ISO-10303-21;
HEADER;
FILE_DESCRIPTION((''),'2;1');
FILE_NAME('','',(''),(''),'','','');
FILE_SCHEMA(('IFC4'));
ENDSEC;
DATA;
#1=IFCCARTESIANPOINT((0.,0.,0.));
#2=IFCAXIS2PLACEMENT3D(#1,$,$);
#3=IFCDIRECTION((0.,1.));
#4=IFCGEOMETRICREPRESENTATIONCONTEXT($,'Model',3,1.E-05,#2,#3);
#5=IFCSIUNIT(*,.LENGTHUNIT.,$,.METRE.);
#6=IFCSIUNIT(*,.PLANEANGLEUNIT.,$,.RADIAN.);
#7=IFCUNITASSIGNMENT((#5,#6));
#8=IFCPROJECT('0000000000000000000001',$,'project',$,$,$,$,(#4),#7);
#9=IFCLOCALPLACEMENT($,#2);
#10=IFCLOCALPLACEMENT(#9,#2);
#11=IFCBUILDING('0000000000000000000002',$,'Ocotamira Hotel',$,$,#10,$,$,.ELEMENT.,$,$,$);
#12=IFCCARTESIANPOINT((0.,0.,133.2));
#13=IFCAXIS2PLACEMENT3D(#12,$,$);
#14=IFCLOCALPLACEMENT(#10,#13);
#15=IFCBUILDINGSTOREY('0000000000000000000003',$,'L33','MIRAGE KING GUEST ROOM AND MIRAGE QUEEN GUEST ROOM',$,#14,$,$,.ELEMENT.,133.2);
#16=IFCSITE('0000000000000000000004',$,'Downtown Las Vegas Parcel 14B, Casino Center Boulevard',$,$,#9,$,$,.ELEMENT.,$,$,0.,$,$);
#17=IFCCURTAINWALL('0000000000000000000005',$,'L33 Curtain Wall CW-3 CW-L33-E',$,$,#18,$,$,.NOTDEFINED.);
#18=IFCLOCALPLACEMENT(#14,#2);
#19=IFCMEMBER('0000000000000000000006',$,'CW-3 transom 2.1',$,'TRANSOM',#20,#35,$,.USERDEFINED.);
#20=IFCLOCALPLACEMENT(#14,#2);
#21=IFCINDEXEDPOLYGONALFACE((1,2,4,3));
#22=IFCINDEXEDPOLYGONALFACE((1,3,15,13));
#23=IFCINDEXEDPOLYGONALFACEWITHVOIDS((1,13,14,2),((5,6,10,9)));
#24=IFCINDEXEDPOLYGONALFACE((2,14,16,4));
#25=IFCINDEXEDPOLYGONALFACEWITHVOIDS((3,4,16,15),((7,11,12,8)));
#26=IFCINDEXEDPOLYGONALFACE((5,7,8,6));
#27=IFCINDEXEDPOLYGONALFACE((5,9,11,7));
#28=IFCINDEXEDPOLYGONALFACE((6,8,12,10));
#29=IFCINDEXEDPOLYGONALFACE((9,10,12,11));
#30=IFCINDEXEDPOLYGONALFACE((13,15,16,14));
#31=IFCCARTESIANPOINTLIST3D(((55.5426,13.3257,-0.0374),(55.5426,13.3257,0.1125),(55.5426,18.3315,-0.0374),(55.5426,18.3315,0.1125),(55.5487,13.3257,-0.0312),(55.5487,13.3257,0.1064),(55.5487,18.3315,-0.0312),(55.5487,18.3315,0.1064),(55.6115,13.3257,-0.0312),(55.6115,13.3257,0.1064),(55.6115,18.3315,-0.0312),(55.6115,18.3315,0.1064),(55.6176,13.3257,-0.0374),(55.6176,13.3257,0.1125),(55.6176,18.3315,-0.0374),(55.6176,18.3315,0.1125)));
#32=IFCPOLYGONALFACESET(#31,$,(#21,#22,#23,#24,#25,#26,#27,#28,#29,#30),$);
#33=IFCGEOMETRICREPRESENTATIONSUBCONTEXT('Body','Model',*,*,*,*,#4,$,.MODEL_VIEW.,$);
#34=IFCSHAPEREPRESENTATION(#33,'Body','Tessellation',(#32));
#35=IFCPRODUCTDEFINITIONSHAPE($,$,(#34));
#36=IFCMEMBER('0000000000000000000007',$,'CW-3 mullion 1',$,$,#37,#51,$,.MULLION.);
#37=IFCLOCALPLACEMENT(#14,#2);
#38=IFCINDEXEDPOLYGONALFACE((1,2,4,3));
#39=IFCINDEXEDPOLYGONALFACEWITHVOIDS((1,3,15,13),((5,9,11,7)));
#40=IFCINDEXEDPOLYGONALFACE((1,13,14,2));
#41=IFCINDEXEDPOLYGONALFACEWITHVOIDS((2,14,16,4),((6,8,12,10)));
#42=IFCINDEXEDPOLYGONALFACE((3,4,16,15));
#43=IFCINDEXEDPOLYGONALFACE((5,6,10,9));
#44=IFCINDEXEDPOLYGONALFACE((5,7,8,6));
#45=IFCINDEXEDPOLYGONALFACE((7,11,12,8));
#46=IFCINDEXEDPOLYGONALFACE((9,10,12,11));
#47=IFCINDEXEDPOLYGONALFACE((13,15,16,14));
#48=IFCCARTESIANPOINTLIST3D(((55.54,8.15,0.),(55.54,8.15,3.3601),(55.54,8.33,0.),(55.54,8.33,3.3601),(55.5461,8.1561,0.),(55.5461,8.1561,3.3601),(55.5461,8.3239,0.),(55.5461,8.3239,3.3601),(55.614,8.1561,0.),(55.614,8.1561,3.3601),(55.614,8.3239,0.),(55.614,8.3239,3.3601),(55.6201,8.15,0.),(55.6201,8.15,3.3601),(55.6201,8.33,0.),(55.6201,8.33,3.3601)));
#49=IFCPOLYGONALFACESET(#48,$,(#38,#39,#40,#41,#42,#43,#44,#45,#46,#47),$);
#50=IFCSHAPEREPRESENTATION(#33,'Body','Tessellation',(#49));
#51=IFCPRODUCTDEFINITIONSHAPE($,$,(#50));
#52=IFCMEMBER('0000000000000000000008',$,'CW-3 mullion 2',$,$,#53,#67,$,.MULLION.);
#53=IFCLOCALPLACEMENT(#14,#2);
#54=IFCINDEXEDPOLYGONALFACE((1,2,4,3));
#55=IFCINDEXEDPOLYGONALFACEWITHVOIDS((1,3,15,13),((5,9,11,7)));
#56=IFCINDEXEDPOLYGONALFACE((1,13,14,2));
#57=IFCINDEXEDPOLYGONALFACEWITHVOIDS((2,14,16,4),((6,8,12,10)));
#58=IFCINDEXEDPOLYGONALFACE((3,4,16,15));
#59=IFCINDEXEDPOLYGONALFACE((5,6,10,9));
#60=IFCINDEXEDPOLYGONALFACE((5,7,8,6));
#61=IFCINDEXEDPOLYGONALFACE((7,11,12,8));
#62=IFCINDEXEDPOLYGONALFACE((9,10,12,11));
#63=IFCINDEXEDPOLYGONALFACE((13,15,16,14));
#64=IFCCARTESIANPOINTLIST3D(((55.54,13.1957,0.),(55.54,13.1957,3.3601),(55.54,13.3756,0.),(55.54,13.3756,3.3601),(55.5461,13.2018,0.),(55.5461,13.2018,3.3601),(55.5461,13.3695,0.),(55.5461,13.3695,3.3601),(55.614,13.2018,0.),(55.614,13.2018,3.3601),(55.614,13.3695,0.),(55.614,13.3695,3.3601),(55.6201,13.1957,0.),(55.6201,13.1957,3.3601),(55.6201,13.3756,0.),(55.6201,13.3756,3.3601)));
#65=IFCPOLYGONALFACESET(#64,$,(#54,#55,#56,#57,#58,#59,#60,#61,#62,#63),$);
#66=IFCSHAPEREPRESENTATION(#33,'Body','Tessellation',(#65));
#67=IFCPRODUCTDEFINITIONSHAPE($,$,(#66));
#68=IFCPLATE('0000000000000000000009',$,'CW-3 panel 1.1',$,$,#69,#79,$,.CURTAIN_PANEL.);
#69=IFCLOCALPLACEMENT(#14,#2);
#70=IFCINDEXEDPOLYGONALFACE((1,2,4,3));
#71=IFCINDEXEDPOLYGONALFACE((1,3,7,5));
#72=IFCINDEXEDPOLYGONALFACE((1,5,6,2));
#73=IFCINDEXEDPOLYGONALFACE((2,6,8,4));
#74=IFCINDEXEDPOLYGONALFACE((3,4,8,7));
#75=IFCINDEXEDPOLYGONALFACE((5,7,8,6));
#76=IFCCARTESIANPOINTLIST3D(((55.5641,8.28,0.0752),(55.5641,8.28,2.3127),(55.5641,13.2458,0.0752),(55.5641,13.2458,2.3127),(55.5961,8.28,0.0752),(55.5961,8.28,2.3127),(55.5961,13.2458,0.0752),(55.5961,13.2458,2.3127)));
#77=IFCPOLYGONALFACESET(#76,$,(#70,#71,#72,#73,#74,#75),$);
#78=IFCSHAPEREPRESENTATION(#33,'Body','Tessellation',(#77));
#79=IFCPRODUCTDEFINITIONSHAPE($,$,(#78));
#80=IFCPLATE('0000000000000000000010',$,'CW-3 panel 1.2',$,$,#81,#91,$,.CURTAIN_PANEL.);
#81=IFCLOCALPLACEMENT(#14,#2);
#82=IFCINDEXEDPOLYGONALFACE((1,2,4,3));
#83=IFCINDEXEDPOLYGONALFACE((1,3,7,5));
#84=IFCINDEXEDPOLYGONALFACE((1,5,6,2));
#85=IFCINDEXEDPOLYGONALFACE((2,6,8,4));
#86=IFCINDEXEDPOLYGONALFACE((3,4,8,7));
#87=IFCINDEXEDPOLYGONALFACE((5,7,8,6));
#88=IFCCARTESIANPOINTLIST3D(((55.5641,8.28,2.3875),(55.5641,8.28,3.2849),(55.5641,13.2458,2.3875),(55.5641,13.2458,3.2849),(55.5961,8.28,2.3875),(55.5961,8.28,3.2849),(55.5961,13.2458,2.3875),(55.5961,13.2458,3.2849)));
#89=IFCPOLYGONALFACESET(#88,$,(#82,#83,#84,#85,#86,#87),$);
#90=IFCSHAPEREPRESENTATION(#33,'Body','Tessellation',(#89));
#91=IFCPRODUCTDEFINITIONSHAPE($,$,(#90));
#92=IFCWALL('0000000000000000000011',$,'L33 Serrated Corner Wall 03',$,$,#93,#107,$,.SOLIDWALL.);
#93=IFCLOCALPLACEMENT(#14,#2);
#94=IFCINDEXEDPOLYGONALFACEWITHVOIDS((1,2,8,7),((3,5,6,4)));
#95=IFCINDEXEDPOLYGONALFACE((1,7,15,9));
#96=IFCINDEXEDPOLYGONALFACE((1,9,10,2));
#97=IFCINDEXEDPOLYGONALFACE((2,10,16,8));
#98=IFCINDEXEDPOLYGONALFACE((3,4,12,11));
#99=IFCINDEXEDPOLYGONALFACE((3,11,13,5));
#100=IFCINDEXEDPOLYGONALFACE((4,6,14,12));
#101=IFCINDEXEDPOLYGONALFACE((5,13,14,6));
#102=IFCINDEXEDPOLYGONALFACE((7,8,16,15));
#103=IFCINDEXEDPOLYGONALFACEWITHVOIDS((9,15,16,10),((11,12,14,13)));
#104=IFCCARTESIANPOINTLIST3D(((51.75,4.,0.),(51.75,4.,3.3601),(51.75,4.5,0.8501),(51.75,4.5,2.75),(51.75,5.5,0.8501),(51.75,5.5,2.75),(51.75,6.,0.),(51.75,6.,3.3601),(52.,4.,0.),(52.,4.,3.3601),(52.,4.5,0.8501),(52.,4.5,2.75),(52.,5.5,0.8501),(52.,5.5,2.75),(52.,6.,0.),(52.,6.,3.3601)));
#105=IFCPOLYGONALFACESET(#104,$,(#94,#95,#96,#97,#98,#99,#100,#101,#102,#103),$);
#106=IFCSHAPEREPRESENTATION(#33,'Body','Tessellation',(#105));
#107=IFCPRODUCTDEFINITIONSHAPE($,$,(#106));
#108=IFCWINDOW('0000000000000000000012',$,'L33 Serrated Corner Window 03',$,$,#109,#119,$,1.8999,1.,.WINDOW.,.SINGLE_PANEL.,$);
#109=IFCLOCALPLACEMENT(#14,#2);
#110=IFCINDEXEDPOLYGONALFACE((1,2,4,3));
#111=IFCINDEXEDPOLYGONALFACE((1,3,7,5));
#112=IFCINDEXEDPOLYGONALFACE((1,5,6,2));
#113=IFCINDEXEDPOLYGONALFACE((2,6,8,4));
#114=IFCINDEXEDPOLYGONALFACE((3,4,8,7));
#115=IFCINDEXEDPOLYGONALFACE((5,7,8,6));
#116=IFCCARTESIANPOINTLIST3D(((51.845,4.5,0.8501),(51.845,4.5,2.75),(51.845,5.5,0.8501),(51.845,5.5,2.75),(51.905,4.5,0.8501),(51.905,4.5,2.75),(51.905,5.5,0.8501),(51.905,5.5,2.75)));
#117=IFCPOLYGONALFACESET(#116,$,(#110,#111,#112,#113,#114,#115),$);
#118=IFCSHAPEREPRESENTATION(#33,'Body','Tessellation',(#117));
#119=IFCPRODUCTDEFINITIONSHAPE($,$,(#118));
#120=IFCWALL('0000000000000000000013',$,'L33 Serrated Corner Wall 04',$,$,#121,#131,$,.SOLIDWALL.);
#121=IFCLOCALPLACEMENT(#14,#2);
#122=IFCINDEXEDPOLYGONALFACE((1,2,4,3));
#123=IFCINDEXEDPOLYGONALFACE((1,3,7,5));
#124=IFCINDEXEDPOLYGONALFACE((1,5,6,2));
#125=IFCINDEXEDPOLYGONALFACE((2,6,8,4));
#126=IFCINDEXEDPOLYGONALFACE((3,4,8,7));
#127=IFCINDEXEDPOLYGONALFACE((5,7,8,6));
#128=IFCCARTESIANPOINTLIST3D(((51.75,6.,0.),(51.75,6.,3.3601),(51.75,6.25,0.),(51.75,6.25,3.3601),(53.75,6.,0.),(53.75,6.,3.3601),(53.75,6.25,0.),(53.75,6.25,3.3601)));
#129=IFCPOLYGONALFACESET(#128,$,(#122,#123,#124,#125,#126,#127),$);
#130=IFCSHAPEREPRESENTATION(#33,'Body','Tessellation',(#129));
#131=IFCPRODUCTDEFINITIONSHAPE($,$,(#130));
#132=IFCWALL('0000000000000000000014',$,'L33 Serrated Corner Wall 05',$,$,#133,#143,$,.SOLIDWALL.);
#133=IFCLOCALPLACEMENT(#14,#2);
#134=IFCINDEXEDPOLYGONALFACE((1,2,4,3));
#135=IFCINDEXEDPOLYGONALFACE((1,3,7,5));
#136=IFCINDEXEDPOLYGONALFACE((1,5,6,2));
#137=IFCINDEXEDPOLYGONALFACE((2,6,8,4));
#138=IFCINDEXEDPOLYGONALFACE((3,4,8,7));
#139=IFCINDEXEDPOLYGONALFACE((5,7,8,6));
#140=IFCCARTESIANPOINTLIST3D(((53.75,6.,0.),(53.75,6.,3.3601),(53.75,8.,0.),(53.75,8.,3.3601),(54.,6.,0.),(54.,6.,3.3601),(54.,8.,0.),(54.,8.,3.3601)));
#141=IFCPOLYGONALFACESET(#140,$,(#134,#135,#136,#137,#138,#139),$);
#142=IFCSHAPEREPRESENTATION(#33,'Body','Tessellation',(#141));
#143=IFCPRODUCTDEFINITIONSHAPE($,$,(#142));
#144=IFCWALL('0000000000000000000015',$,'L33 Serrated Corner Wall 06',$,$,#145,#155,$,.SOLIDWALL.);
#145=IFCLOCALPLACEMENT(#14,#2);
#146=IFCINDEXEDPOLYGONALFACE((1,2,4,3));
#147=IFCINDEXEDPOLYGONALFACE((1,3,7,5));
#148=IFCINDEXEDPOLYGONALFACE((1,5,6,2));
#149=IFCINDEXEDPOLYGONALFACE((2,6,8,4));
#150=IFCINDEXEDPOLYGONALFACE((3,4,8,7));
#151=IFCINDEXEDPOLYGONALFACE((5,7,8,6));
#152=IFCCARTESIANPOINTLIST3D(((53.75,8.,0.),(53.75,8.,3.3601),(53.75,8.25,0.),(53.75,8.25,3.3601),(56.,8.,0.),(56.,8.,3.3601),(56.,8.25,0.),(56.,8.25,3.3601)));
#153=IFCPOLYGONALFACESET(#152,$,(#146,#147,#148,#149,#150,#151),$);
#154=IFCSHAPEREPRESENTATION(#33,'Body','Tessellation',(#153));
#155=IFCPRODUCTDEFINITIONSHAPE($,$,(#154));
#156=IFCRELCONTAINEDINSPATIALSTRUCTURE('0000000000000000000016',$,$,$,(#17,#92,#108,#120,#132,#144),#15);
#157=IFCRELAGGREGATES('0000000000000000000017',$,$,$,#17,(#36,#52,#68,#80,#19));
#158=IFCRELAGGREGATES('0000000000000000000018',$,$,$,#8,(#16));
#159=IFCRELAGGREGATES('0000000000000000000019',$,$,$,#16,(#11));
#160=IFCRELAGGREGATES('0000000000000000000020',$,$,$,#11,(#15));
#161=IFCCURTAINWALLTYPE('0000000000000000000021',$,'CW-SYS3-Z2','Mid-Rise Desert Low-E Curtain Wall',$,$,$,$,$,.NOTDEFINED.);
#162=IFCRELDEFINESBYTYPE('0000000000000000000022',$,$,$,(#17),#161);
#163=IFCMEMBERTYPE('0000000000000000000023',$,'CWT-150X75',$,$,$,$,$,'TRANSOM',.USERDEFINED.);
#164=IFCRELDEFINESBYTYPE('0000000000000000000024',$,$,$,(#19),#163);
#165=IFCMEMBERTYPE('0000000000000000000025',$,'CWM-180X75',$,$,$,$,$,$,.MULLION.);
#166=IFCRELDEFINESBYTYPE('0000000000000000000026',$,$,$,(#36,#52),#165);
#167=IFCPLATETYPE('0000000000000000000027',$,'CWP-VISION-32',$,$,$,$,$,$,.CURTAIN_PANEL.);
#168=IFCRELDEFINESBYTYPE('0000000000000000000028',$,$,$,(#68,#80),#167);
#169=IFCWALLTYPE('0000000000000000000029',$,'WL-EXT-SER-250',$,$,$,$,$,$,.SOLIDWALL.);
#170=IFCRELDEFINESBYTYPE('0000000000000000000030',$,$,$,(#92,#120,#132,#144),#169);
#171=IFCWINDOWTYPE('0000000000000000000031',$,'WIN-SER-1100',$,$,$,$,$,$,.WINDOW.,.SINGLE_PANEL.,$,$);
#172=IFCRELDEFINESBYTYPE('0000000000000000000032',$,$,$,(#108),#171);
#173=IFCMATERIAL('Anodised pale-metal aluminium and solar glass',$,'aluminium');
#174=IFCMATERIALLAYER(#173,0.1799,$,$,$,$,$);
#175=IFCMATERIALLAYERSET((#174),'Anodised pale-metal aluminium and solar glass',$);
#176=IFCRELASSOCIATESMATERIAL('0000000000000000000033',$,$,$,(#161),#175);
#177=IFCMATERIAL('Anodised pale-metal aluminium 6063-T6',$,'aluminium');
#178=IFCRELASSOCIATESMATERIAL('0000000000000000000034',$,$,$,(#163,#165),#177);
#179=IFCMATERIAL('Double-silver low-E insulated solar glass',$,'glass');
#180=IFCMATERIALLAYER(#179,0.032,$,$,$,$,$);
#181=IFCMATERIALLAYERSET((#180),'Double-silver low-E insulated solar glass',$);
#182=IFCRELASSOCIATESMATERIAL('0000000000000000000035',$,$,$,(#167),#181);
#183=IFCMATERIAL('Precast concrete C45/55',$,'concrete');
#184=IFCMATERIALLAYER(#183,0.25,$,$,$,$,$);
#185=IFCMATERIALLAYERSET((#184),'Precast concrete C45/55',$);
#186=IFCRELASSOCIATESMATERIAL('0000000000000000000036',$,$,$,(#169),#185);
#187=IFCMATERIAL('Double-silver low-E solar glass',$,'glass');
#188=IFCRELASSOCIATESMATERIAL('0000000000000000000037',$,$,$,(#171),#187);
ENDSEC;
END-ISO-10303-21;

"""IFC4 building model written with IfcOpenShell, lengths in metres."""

from ifc_helpers import new_model, si_unit, direction, frame, frame_2d, origin, origin_2d, place, context, subcontext, project, spatial, rectangle, hollow_rectangle, extrude, source, transform, mapped, material, layer, layer_set, material_profile, profile_set, type_object, element, fill, aggregate, save


model = new_model("IFC4")

# Units and contexts
model_context = context("Model", 3, precision=1e-05, world=origin(), true_north=direction((0.0, 1.0)))
body_context = subcontext(model_context, "Body", "Model", "MODEL_VIEW")
ifc_project = project(units=[si_unit("LENGTHUNIT", "METRE"), si_unit("PLANEANGLEUNIT", "RADIAN")], contexts=[model_context])

# Site, building, storey
site_placement = place(None, origin())
site = spatial("IfcSite", under=ifc_project, at=site_placement, Name="Downtown Las Vegas Parcel 14B, Casino Center Boulevard", CompositionType="ELEMENT", RefElevation=0.0)
building_placement = place(site_placement, origin())
building = spatial("IfcBuilding", under=site, at=building_placement, Name="Ocotamira Hotel", CompositionType="ELEMENT")
storey_placement = place(building_placement, frame((0.0, 0.0, 133.2)))
storey = spatial("IfcBuildingStorey", under=building, at=storey_placement, Name="L33", Description="MIRAGE KING GUEST ROOM AND MIRAGE QUEEN GUEST ROOM", CompositionType="ELEMENT", Elevation=133.2)

# Curtain wall, members, plates
ifc_material_1 = material(Name="Anodised pale-metal aluminium and solar glass", Category="aluminium")
ifc_layer_1 = layer(ifc_material_1, 0.1799)
ifc_layer_set_1 = layer_set([ifc_layer_1], Name="Anodised pale-metal aluminium and solar glass")
curtain_wall_type = type_object("IfcCurtainWallType", Name="CW-SYS3-Z2", Description="Mid-Rise Desert Low-E Curtain Wall", PredefinedType="NOTDEFINED", material=ifc_layer_set_1)
curtain_wall_placement = place(storey_placement, origin())
curtain_wall = element("IfcCurtainWall", 1, at=curtain_wall_placement, inside=storey, type_object=curtain_wall_type, Name="L33 Curtain Wall CW-3 CW-L33-E", PredefinedType="NOTDEFINED")
ifc_material_2 = material(Name="Anodised pale-metal aluminium 6063-T6", Category="aluminium")
ifc_material_profile_1 = material_profile(ifc_material_2, hollow_rectangle(XDim=0.075, YDim=0.1499, WallThickness=0.0061, at=origin_2d()), Name="HSS150X75X6")
ifc_profile_set_1 = profile_set([ifc_material_profile_1], Name="Anodised pale-metal aluminium 6063-T6")
member_type_1 = type_object("IfcMemberType", Name="CWT-150X75", ElementType="TRANSOM", PredefinedType="USERDEFINED", material=ifc_profile_set_1)
shared_shape_1 = source(origin(), body_context, "Body", "SweptSolid", [
    extrude(hollow_rectangle(XDim=0.075, YDim=0.1499, WallThickness=0.0061, at=origin_2d()), origin(), (0.0, 0.0, 1.0), 5.0059),
])
member_1_placement = place(storey_placement, frame((55.5801, 13.3257, 0.0376), z_axis=(0.0, 1.0, 0.0), x_axis=(-1.0, 0.0, 0.0)))
member_1 = element("IfcMember", 2, at=member_1_placement, type_object=member_type_1, Name="CW-3 transom 2.1", ObjectType="TRANSOM", PredefinedType="USERDEFINED", context=body_context, shape_type="MappedRepresentation", body=[
    mapped(shared_shape_1, transform((0.0, 0.0, 0.0), scale=1.0)),
])
ifc_material_profile_2 = material_profile(ifc_material_2, hollow_rectangle(XDim=0.0801, YDim=0.1799, WallThickness=0.0061, at=origin_2d()), Name="HSS180X80X6")
ifc_profile_set_2 = profile_set([ifc_material_profile_2], Name="Anodised pale-metal aluminium 6063-T6")
member_type_2 = type_object("IfcMemberType", Name="CWM-180X75", PredefinedType="MULLION", material=ifc_profile_set_2)
shared_shape_2 = source(origin(), body_context, "Body", "SweptSolid", [
    extrude(hollow_rectangle(XDim=0.0801, YDim=0.1799, WallThickness=0.0061, at=origin_2d()), origin(), (0.0, 0.0, 1.0), 3.3601),
])
member_2_placement = place(storey_placement, frame((55.5801, 8.24, 0.0), z_axis=(0.0, 0.0, 1.0), x_axis=(-1.0, 0.0, 0.0)))
member_2 = element("IfcMember", 3, at=member_2_placement, type_object=member_type_2, Name="CW-3 mullion 1", PredefinedType="MULLION", context=body_context, shape_type="MappedRepresentation", body=[
    mapped(shared_shape_2, transform((0.0, 0.0, 0.0), scale=1.0)),
])
member_3_placement = place(storey_placement, frame((55.5801, 13.2856, 0.0), z_axis=(0.0, 0.0, 1.0), x_axis=(-1.0, 0.0, 0.0)))
member_3 = element("IfcMember", 4, at=member_3_placement, type_object=member_type_2, Name="CW-3 mullion 2", PredefinedType="MULLION", context=body_context, shape_type="MappedRepresentation", body=[
    mapped(shared_shape_2, transform((0.0, 0.0, 0.0), scale=1.0)),
])
ifc_material_3 = material(Name="Double-silver low-E insulated solar glass", Category="glass")
ifc_layer_2 = layer(ifc_material_3, 0.032)
ifc_layer_set_2 = layer_set([ifc_layer_2], Name="Double-silver low-E insulated solar glass")
plate_type = type_object("IfcPlateType", Name="CWP-VISION-32", PredefinedType="CURTAIN_PANEL", material=ifc_layer_set_2)
shared_shape_3 = source(origin(), body_context, "Body", "SweptSolid", [
    extrude(rectangle(XDim=4.9658, YDim=0.032, at=origin_2d()), origin(), (0.0, 0.0, 1.0), 2.2375),
])
plate_1_placement = place(storey_placement, frame((55.5801, 10.7629, 0.0752), z_axis=(0.0, 0.0, 1.0), x_axis=(0.0, 1.0, 0.0)))
plate_1 = element("IfcPlate", 5, at=plate_1_placement, type_object=plate_type, Name="CW-3 panel 1.1", PredefinedType="CURTAIN_PANEL", context=body_context, shape_type="MappedRepresentation", body=[
    mapped(shared_shape_3, transform((0.0, 0.0, 0.0), scale=1.0)),
])
shared_shape_4 = source(origin(), body_context, "Body", "SweptSolid", [
    extrude(rectangle(XDim=4.9658, YDim=0.032, at=origin_2d()), origin(), (0.0, 0.0, 1.0), 0.8975),
])
plate_2_placement = place(storey_placement, frame((55.5801, 10.7629, 2.3875), z_axis=(0.0, 0.0, 1.0), x_axis=(0.0, 1.0, 0.0)))
plate_2 = element("IfcPlate", 6, at=plate_2_placement, type_object=plate_type, Name="CW-3 panel 1.2", PredefinedType="CURTAIN_PANEL", context=body_context, shape_type="MappedRepresentation", body=[
    mapped(shared_shape_4, transform((0.0, 0.0, 0.0), scale=1.0)),
])
aggregate(curtain_wall, [member_2, member_3, plate_1, plate_2, member_1])

# Wall, opening, window
ifc_material_4 = material(Name="Precast concrete C45/55", Category="concrete")
ifc_layer_3 = layer(ifc_material_4, 0.25)
ifc_layer_set_3 = layer_set([ifc_layer_3], Name="Precast concrete C45/55")
wall_type_1 = type_object("IfcWallType", Name="WL-EXT-SER-250", PredefinedType="SOLIDWALL", material=ifc_layer_set_3)
wall_1_placement = place(storey_placement, frame((51.875, 4.0, 0.0), z_axis=(0.0, 0.0, 1.0), x_axis=(0.0, 1.0, 0.0)))
wall_1 = element("IfcWall", 7, at=wall_1_placement, inside=storey, type_object=wall_type_1, Name="L33 Serrated Corner Wall 03", PredefinedType="SOLIDWALL", context=body_context, shape_type="SweptSolid", body=[
    extrude(rectangle(XDim=2.0, YDim=0.25, at=frame_2d((1.0, 0.0))), origin(), (0.0, 0.0, 1.0), 3.3601),
])
opening_1_placement = place(wall_1_placement, frame((0.5, 0.0, 0.8501)))
opening_1 = element("IfcOpeningElement", 8, at=opening_1_placement, cuts=wall_1, PredefinedType="OPENING", context=body_context, shape_type="SweptSolid", body=[
    extrude(rectangle(XDim=1.0, YDim=1.8999, at=frame_2d((0.5, 0.95))), frame((0.0, 0.135, 0.0), z_axis=(0.0, -1.0, 0.0), x_axis=(1.0, 0.0, 0.0)), (0.0, 0.0, 1.0), 0.27),
])
ifc_material_5 = material(Name="Double-silver low-E solar glass", Category="glass")
window_type = type_object("IfcWindowType", Name="WIN-SER-1100", PartitioningType="SINGLE_PANEL", PredefinedType="WINDOW", material=ifc_material_5)
shared_shape_5 = source(origin(), body_context, "Body", "SweptSolid", [
    extrude(rectangle(XDim=1.0, YDim=1.8999, at=frame_2d((0.5, 0.95))), frame((0.0, 0.03, 0.0), z_axis=(0.0, -1.0, 0.0), x_axis=(1.0, 0.0, 0.0)), (0.0, 0.0, 1.0), 0.0601),
])
window_placement = place(opening_1_placement, origin())
window = element("IfcWindow", 9, at=window_placement, inside=storey, type_object=window_type, Name="L33 Serrated Corner Window 03", OverallHeight=1.8999, OverallWidth=1.0, PartitioningType="SINGLE_PANEL", PredefinedType="WINDOW", context=body_context, shape_type="MappedRepresentation", body=[
    mapped(shared_shape_5, transform((0.0, 0.0, 0.0), scale=1.0)),
])
fill(opening_1, window)

# Walls
for number, where, z_axis, x_axis, name in (
    (10, (51.75, 6.125, 0.0), (0.0, 0.0, 1.0), (1.0, 0.0, 0.0), "L33 Serrated Corner Wall 04"),
    (11, (53.875, 6.0, 0.0), (0.0, 0.0, 1.0), (0.0, 1.0, 0.0), "L33 Serrated Corner Wall 05"),
):
    element("IfcWall", number, at=place(storey_placement, frame(where, z_axis=z_axis, x_axis=x_axis)), inside=storey, type_object=wall_type_1, Name=name, PredefinedType="SOLIDWALL", context=body_context, shape_type="SweptSolid", body=[
        extrude(rectangle(XDim=2.0, YDim=0.25, at=frame_2d((1.0, 0.0))), origin(), (0.0, 0.0, 1.0), 3.3601),
    ])
wall_2_placement = place(storey_placement, frame((53.75, 8.125, 0.0), z_axis=(0.0, 0.0, 1.0), x_axis=(1.0, 0.0, 0.0)))
element("IfcWall", 12, at=wall_2_placement, inside=storey, type_object=wall_type_1, Name="L33 Serrated Corner Wall 06", PredefinedType="SOLIDWALL", context=body_context, shape_type="SweptSolid", body=[
    extrude(rectangle(XDim=2.25, YDim=0.25, at=frame_2d((1.125, 0.0))), origin(), (0.0, 0.0, 1.0), 3.3601),
])

save(model, "model.ifc")
